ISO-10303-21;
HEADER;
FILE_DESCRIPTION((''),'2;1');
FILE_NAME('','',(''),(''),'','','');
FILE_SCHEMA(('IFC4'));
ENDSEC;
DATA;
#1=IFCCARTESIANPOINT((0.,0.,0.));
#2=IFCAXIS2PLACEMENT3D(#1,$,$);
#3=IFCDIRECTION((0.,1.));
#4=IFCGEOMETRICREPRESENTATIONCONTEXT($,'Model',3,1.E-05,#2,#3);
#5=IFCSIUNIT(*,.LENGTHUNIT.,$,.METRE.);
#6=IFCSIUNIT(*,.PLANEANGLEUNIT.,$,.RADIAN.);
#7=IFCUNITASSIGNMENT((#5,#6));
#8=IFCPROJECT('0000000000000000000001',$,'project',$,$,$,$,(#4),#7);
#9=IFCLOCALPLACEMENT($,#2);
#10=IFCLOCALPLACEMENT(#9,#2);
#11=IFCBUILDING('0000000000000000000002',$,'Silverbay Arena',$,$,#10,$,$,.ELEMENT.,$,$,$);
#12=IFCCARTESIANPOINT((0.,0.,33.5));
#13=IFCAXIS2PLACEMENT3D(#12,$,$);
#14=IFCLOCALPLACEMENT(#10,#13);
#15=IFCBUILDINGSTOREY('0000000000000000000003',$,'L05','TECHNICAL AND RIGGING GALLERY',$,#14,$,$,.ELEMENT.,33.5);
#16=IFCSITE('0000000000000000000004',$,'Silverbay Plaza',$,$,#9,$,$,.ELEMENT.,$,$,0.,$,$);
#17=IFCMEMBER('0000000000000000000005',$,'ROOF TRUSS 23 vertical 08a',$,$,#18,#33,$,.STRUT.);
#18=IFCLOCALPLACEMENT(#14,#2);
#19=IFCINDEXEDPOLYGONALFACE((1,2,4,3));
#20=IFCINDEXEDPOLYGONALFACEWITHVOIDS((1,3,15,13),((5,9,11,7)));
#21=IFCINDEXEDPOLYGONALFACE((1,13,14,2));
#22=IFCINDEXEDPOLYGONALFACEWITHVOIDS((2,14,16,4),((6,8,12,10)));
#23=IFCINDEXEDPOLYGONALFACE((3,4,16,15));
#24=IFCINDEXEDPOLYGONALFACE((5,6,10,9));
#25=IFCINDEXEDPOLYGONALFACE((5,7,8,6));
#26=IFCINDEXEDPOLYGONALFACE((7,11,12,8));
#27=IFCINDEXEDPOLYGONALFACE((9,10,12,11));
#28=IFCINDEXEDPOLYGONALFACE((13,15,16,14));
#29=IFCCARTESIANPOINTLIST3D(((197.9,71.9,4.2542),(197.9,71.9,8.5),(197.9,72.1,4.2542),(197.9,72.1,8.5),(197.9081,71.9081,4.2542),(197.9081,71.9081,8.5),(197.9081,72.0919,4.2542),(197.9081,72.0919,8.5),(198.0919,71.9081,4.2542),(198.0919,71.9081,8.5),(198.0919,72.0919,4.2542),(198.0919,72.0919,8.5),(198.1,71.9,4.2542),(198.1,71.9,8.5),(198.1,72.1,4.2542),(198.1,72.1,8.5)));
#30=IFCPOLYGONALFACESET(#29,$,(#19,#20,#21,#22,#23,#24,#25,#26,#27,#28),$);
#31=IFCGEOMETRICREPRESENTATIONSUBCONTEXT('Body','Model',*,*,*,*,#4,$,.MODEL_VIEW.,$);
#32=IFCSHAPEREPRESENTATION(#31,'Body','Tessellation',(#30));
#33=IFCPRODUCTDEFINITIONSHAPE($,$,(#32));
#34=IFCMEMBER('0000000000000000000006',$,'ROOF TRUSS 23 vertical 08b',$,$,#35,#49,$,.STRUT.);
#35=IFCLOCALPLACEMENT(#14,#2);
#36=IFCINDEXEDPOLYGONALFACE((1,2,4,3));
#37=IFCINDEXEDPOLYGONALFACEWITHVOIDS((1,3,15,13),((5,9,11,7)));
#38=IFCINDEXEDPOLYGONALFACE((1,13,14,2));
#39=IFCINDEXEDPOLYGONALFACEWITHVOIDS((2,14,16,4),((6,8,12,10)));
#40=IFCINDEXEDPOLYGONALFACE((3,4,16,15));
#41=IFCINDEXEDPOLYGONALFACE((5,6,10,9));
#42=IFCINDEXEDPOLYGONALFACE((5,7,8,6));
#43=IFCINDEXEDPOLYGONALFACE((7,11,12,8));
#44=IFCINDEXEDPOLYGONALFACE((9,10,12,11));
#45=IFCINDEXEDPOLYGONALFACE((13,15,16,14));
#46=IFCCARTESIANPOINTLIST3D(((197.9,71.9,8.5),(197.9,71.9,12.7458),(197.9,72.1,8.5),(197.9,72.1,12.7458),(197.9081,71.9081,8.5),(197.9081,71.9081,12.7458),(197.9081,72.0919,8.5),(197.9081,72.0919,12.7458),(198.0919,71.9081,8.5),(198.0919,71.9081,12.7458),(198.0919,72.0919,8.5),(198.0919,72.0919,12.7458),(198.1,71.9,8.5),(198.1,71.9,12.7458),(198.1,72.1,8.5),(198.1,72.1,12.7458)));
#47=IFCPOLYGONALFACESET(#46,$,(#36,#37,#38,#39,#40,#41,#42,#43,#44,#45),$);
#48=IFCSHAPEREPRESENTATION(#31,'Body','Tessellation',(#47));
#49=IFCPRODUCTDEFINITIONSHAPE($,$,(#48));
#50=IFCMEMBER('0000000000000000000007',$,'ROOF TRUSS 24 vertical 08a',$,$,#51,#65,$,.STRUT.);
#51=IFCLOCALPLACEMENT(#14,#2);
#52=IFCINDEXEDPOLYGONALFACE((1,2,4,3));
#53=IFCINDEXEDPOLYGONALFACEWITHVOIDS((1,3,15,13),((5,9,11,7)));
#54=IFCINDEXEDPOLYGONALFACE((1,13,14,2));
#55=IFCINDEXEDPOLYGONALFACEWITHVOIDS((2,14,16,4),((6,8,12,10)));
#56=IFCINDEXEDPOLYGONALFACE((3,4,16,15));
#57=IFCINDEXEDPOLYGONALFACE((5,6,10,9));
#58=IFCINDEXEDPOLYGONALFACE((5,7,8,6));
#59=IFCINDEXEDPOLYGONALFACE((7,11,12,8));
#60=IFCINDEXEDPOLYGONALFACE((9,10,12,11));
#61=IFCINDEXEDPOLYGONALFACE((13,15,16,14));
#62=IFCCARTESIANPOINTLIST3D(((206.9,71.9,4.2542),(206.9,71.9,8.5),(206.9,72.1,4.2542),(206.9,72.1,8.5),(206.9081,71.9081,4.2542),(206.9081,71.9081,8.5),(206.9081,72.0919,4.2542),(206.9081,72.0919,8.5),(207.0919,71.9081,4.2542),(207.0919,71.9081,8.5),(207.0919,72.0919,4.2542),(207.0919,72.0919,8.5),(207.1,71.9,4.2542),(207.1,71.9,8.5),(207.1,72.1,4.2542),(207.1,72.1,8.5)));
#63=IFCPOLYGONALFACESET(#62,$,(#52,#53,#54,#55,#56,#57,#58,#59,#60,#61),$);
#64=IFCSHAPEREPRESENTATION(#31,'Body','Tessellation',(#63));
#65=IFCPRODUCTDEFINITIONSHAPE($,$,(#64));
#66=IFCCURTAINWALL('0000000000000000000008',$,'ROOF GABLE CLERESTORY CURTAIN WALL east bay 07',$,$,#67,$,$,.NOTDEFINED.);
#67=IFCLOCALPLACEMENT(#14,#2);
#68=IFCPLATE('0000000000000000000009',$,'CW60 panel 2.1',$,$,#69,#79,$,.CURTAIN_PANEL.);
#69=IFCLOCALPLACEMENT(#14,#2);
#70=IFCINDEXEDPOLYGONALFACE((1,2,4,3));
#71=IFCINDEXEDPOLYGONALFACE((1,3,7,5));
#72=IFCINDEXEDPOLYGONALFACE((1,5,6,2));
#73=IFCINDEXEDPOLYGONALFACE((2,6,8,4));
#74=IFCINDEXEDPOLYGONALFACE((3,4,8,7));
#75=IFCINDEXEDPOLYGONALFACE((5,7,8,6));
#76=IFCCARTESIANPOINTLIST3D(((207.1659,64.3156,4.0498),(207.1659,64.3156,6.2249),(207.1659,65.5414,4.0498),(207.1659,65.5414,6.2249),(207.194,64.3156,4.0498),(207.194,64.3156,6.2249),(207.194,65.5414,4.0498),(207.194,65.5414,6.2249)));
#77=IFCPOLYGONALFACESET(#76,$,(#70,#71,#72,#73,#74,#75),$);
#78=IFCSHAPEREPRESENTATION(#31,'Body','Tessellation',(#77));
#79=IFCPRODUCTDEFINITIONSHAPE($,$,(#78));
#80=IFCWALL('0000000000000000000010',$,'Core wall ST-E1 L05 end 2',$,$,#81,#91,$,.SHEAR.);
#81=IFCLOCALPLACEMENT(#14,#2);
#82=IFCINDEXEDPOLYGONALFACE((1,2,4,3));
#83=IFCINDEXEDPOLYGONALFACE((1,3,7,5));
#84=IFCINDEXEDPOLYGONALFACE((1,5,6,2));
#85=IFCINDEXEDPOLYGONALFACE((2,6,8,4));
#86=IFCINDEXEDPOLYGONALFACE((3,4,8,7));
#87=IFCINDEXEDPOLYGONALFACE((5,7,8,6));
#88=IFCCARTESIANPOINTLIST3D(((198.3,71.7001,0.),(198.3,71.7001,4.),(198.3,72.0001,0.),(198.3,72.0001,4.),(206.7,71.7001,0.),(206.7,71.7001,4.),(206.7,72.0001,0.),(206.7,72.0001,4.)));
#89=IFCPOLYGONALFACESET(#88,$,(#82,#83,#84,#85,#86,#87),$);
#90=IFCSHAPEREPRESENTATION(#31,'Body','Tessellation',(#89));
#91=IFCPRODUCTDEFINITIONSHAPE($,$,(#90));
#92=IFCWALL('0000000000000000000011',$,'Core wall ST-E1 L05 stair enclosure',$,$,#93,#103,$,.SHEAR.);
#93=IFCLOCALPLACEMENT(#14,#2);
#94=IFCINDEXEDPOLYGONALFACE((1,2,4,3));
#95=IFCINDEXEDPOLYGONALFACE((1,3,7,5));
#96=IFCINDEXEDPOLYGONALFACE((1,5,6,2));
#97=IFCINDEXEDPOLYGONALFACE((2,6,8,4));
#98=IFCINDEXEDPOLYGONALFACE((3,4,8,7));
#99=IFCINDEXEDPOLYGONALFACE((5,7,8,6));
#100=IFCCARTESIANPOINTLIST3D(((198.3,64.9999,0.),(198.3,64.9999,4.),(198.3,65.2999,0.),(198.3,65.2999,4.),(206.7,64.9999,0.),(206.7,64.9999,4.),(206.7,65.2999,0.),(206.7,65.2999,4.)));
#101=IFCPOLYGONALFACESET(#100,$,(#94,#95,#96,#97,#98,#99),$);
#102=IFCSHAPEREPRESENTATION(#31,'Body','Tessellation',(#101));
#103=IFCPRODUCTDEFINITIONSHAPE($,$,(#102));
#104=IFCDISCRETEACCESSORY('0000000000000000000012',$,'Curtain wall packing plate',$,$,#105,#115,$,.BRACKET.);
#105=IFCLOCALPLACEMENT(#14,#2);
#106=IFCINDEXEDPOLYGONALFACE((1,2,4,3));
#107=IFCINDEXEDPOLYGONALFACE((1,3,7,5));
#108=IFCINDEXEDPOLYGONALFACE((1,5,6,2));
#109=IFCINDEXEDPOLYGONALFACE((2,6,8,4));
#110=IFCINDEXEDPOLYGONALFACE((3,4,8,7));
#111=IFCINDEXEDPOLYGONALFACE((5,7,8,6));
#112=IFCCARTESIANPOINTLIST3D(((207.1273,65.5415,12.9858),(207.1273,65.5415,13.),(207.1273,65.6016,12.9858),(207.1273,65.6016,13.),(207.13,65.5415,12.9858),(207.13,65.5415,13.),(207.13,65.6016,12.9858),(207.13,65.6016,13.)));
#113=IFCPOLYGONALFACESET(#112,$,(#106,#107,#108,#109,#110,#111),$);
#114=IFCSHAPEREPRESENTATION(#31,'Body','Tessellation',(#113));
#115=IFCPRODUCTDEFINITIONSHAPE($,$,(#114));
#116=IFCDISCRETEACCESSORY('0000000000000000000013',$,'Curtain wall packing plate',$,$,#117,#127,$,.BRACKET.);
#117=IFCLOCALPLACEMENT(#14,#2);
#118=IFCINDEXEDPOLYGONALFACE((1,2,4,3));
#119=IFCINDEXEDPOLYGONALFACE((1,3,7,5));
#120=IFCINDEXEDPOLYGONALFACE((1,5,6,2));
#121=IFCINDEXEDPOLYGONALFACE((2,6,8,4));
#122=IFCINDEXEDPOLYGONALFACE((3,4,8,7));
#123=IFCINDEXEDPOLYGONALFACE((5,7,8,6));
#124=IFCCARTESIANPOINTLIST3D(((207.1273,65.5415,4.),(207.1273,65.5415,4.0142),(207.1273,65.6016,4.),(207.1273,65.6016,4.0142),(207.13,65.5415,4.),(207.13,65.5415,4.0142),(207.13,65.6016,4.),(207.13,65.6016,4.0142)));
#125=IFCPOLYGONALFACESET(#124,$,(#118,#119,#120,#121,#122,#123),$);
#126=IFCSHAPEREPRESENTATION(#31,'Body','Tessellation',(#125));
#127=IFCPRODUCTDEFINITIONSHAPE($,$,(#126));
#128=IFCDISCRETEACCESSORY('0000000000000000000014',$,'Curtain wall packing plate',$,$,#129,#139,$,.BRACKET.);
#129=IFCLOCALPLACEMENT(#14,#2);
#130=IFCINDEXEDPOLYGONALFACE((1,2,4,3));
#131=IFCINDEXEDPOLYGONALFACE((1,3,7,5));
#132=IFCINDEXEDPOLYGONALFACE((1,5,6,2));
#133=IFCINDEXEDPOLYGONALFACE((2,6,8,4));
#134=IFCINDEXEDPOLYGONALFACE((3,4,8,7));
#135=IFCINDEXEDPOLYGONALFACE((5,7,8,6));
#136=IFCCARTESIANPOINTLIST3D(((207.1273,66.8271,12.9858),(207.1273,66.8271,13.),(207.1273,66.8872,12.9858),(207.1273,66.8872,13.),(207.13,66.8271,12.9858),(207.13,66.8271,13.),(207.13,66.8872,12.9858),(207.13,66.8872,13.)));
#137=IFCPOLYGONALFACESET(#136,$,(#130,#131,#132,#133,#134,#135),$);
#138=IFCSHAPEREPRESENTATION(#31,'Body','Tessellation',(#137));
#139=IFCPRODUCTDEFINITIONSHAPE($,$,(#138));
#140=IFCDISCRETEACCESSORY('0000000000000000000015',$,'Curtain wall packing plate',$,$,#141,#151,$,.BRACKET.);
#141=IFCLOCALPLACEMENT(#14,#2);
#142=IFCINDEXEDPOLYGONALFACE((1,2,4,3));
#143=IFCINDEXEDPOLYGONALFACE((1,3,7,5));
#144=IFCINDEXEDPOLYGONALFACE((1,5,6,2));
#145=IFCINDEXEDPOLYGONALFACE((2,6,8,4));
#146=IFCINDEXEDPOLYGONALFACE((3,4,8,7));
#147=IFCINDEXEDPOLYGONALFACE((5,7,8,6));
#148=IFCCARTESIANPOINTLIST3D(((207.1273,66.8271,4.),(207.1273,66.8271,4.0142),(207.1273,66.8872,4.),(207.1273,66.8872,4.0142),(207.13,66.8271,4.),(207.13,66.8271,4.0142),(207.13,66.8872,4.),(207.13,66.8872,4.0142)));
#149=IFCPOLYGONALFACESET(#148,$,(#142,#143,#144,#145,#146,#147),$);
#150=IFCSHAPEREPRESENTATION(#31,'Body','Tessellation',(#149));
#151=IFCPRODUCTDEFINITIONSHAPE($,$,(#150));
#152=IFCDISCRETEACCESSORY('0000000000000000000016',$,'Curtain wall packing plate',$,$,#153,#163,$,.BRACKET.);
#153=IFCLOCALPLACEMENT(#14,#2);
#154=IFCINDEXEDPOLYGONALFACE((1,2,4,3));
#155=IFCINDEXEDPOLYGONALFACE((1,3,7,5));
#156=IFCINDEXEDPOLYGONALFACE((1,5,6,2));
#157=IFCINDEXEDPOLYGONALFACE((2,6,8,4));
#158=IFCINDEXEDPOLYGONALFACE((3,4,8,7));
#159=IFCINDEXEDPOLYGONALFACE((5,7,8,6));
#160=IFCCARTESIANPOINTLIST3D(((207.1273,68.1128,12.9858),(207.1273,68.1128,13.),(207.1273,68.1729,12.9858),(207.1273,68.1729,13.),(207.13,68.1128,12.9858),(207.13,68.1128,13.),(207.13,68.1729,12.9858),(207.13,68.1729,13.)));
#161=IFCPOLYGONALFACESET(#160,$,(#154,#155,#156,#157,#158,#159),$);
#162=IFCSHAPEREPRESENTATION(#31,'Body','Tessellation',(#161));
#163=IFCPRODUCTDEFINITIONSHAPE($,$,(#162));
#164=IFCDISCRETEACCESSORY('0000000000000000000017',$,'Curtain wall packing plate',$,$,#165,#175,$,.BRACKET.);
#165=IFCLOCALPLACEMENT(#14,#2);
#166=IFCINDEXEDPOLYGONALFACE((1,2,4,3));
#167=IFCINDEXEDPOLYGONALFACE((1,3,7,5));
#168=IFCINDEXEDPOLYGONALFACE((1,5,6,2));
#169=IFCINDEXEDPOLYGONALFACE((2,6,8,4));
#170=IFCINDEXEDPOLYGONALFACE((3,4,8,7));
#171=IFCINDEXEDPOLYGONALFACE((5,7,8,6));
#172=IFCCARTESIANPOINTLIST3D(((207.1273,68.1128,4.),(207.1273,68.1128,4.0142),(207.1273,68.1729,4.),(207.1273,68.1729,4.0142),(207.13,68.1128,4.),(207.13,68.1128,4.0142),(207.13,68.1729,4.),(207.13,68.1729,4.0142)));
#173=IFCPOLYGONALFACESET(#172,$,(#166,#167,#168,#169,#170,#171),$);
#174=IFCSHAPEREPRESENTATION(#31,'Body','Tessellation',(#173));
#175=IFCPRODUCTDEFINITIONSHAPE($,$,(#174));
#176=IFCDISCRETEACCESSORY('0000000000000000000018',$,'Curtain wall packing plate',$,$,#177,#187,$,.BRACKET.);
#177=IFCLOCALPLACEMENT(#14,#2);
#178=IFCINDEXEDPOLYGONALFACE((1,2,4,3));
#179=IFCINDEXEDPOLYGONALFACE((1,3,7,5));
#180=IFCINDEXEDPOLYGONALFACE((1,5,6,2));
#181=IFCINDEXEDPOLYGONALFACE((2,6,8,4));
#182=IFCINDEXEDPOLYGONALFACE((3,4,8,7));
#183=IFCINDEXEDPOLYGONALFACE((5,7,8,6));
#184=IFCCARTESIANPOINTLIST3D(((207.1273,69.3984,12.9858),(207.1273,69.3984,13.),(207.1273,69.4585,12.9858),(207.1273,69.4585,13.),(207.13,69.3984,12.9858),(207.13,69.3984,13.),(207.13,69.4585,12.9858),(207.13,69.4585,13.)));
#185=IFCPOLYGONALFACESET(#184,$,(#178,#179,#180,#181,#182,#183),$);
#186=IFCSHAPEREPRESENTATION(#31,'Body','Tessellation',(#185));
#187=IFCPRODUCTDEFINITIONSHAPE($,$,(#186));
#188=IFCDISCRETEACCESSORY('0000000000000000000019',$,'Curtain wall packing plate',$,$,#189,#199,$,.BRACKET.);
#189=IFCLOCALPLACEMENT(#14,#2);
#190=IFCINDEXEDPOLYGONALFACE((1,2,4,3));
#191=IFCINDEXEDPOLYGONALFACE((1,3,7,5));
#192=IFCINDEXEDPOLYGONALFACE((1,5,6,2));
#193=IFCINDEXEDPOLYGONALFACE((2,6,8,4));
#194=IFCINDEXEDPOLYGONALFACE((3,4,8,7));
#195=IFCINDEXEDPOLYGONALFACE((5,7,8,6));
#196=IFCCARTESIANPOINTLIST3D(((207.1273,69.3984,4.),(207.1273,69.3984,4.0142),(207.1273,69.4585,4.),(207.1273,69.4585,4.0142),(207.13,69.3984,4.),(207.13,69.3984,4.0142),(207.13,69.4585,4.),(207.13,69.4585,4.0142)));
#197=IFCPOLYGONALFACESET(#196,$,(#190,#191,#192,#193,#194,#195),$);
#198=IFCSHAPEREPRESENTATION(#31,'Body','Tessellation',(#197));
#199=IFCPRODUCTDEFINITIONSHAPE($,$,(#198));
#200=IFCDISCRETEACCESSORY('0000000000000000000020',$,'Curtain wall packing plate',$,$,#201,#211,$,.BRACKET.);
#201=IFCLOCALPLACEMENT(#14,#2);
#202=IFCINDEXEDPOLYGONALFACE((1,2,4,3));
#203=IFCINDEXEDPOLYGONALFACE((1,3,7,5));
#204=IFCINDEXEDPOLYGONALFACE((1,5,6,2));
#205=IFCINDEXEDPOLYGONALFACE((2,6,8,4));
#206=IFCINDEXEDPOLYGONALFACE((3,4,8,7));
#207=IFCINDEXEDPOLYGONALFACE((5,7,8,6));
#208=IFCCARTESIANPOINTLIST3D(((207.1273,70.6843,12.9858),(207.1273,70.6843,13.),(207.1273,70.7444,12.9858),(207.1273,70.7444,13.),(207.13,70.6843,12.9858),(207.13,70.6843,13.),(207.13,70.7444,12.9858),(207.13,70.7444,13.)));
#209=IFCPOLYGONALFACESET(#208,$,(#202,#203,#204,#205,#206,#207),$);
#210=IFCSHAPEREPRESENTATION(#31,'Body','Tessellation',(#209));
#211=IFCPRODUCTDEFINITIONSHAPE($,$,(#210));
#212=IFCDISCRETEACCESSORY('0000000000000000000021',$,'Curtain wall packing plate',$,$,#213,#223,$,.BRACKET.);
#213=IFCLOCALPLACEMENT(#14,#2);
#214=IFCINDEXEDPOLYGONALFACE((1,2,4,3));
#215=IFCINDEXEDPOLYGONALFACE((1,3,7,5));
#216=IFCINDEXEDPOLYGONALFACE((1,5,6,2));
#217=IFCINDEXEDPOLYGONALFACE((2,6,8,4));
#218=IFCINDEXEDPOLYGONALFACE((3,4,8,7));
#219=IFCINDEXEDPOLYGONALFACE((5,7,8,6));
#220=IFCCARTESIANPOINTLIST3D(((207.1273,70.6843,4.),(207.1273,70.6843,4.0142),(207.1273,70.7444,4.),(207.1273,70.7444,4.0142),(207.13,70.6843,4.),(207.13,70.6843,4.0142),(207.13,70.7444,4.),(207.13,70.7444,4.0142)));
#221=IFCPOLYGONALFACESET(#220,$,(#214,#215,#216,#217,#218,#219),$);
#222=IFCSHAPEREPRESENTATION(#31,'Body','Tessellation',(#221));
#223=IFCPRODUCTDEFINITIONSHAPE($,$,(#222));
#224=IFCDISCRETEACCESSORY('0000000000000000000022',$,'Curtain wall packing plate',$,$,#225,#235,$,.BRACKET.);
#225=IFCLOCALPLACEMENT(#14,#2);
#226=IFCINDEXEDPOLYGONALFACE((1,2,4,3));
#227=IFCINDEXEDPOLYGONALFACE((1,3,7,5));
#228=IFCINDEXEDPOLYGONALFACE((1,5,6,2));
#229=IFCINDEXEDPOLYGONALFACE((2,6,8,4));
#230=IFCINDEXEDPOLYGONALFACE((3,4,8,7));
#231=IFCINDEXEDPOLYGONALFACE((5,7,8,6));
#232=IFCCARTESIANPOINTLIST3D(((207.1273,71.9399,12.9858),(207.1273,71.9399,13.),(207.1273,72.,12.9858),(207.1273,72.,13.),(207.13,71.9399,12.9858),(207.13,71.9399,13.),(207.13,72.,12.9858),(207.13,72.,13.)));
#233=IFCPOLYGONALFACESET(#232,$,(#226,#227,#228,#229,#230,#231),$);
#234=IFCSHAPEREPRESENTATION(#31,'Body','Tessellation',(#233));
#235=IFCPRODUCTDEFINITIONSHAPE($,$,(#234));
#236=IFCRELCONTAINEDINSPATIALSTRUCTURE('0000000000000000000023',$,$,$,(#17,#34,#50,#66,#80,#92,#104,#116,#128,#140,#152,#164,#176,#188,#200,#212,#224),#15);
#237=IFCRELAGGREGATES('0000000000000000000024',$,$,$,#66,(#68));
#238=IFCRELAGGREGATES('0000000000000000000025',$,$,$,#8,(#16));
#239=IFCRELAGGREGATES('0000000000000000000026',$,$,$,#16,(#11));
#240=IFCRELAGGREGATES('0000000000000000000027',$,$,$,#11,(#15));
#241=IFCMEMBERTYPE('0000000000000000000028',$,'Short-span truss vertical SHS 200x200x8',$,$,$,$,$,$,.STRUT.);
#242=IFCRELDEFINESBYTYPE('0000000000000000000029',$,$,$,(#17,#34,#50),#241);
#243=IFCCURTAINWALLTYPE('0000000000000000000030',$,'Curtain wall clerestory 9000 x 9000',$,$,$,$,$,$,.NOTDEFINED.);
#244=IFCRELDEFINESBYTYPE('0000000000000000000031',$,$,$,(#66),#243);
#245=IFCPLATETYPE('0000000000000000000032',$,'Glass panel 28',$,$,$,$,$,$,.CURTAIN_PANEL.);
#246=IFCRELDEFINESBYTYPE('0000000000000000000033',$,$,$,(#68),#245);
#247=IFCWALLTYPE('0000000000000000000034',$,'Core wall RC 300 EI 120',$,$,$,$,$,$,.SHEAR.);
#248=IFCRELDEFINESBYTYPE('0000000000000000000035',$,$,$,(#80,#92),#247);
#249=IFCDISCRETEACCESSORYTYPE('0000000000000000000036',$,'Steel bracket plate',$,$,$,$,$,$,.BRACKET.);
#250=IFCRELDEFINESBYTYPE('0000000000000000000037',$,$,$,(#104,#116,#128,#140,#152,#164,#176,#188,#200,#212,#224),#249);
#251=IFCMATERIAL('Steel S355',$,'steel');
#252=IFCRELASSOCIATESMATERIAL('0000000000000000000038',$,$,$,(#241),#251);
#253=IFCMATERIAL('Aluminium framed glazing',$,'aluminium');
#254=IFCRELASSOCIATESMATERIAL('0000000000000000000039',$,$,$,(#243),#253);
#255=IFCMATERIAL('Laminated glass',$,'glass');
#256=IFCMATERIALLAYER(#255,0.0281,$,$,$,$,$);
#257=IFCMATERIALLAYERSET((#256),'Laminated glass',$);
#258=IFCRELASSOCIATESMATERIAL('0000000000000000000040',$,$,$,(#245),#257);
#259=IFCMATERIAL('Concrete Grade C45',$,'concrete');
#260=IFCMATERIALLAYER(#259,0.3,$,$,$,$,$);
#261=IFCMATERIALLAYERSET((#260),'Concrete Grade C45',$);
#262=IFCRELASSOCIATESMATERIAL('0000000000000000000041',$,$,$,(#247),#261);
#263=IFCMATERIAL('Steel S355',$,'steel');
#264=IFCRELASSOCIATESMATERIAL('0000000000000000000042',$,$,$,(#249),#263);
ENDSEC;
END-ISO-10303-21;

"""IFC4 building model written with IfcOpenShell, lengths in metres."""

from ifc_helpers import new_model, si_unit, direction, frame, frame_2d, origin, origin_2d, place, context, subcontext, project, spatial, rectangle, hollow_rectangle, extrude, material, layer, layer_set, material_profile, profile_set, type_object, element, aggregate, save


model = new_model("IFC4")

# Units and contexts
model_context = context("Model", 3, precision=1e-05, world=origin(), true_north=direction((0.0, 1.0)))
body_context = subcontext(model_context, "Body", "Model", "MODEL_VIEW")
ifc_project = project(units=[si_unit("LENGTHUNIT", "METRE"), si_unit("PLANEANGLEUNIT", "RADIAN")], contexts=[model_context])

# Site, building, storey
site_placement = place(None, origin())
site = spatial("IfcSite", under=ifc_project, at=site_placement, Name="Silverbay Plaza", CompositionType="ELEMENT", RefElevation=0.0)
building_placement = place(site_placement, origin())
building = spatial("IfcBuilding", under=site, at=building_placement, Name="Silverbay Arena", CompositionType="ELEMENT")
storey_placement = place(building_placement, frame((0.0, 0.0, 33.5)))
storey = spatial("IfcBuildingStorey", under=building, at=storey_placement, Name="L05", Description="TECHNICAL AND RIGGING GALLERY", CompositionType="ELEMENT", Elevation=33.5)

# Members
ifc_material_1 = material(Name="Steel S355", Category="steel")
ifc_material_profile_1 = material_profile(ifc_material_1, hollow_rectangle(XDim=0.2, YDim=0.2, WallThickness=0.0081, at=origin_2d()), Name="SHS 200x200x8")
ifc_profile_set_1 = profile_set([ifc_material_profile_1], Name="Steel S355")
member_type_1 = type_object("IfcMemberType", Name="Short-span truss vertical SHS 200x200x8", PredefinedType="STRUT", material=ifc_profile_set_1)
for number, where, z_axis, x_axis, name in (
    (1, (198.0, 72.0, 4.2542), (0.0, 0.0, 1.0), (1.0, 0.0, 0.0), "ROOF TRUSS 23 vertical 08a"),
    (2, (198.0, 72.0, 8.5), (0.0, 0.0, 1.0), (1.0, 0.0, 0.0), "ROOF TRUSS 23 vertical 08b"),
    (3, (207.0, 72.0, 4.2542), (0.0, 0.0, 1.0), (1.0, 0.0, 0.0), "ROOF TRUSS 24 vertical 08a"),
):
    element("IfcMember", number, at=place(storey_placement, frame(where, z_axis=z_axis, x_axis=x_axis)), inside=storey, type_object=member_type_1, Name=name, PredefinedType="STRUT", context=body_context, shape_type="SweptSolid", body=[
        extrude(hollow_rectangle(XDim=0.2, YDim=0.2, WallThickness=0.0081, at=origin_2d()), origin(), (0.0, 0.0, 1.0), 4.2458),
    ])

# Curtain wall, plate
ifc_material_2 = material(Name="Aluminium framed glazing", Category="aluminium")
curtain_wall_type = type_object("IfcCurtainWallType", Name="Curtain wall clerestory 9000 x 9000", PredefinedType="NOTDEFINED", material=ifc_material_2)
curtain_wall_placement = place(storey_placement, origin())
curtain_wall = element("IfcCurtainWall", 4, at=curtain_wall_placement, inside=storey, type_object=curtain_wall_type, Name="ROOF GABLE CLERESTORY CURTAIN WALL east bay 07", PredefinedType="NOTDEFINED")
ifc_material_3 = material(Name="Laminated glass", Category="glass")
ifc_layer_1 = layer(ifc_material_3, 0.0281)
ifc_layer_set_1 = layer_set([ifc_layer_1], Name="Laminated glass")
plate_type = type_object("IfcPlateType", Name="Glass panel 28", PredefinedType="CURTAIN_PANEL", material=ifc_layer_set_1)
plate_placement = place(storey_placement, frame((207.1799, 64.9285, 4.0498), z_axis=(0.0, 0.0, 1.0), x_axis=(0.0, 1.0, 0.0)))
plate = element("IfcPlate", 5, at=plate_placement, type_object=plate_type, Name="CW60 panel 2.1", PredefinedType="CURTAIN_PANEL", context=body_context, shape_type="SweptSolid", body=[
    extrude(rectangle(XDim=1.2258, YDim=0.0281, at=origin_2d()), origin(), (0.0, 0.0, 1.0), 2.175),
])
aggregate(curtain_wall, [plate])

# Walls
ifc_material_4 = material(Name="Concrete Grade C45", Category="concrete")
ifc_layer_2 = layer(ifc_material_4, 0.3)
ifc_layer_set_2 = layer_set([ifc_layer_2], Name="Concrete Grade C45")
wall_type = type_object("IfcWallType", Name="Core wall RC 300 EI 120", PredefinedType="SHEAR", material=ifc_layer_set_2)
for number, where, z_axis, x_axis, name in (
    (6, (198.3, 71.8501, 0.0), (0.0, 0.0, 1.0), (1.0, 0.0, 0.0), "Core wall ST-E1 L05 end 2"),
    (7, (198.3, 65.1499, 0.0), (0.0, 0.0, 1.0), (1.0, 0.0, 0.0), "Core wall ST-E1 L05 stair enclosure"),
):
    element("IfcWall", number, at=place(storey_placement, frame(where, z_axis=z_axis, x_axis=x_axis)), inside=storey, type_object=wall_type, Name=name, PredefinedType="SHEAR", context=body_context, shape_type="SweptSolid", body=[
        extrude(rectangle(XDim=8.3999, YDim=0.3, at=frame_2d((4.2, 0.0))), origin(), (0.0, 0.0, 1.0), 4.0),
    ])

# Discrete accessories
ifc_material_5 = material(Name="Steel S355", Category="steel")
discrete_accessory_type = type_object("IfcDiscreteAccessoryType", Name="Steel bracket plate", PredefinedType="BRACKET", material=ifc_material_5)
for number, where, z_axis, x_axis, name in (
    (8, (207.1287, 65.5715, 12.9858), (0.0, 0.0, 1.0), (1.0, 0.0, 0.0), "Curtain wall packing plate"),
    (9, (207.1287, 65.5715, 4.0), (0.0, 0.0, 1.0), (1.0, 0.0, 0.0), "Curtain wall packing plate"),
    (10, (207.1287, 66.8572, 12.9858), (0.0, 0.0, 1.0), (1.0, 0.0, 0.0), "Curtain wall packing plate"),
    (11, (207.1287, 66.8572, 4.0), (0.0, 0.0, 1.0), (1.0, 0.0, 0.0), "Curtain wall packing plate"),
    (12, (207.1287, 68.1428, 12.9858), (0.0, 0.0, 1.0), (1.0, 0.0, 0.0), "Curtain wall packing plate"),
    (13, (207.1287, 68.1428, 4.0), (0.0, 0.0, 1.0), (1.0, 0.0, 0.0), "Curtain wall packing plate"),
    (14, (207.1287, 69.4285, 12.9858), (0.0, 0.0, 1.0), (1.0, 0.0, 0.0), "Curtain wall packing plate"),
    (15, (207.1287, 69.4285, 4.0), (0.0, 0.0, 1.0), (1.0, 0.0, 0.0), "Curtain wall packing plate"),
    (16, (207.1287, 70.7144, 12.9858), (0.0, 0.0, 1.0), (1.0, 0.0, 0.0), "Curtain wall packing plate"),
    (17, (207.1287, 70.7144, 4.0), (0.0, 0.0, 1.0), (1.0, 0.0, 0.0), "Curtain wall packing plate"),
    (18, (207.1287, 71.97, 12.9858), (0.0, 0.0, 1.0), (1.0, 0.0, 0.0), "Curtain wall packing plate"),
):
    element("IfcDiscreteAccessory", number, at=place(storey_placement, frame(where, z_axis=z_axis, x_axis=x_axis)), inside=storey, type_object=discrete_accessory_type, Name=name, PredefinedType="BRACKET", context=body_context, shape_type="SweptSolid", body=[
        extrude(rectangle(XDim=0.0027, YDim=0.0601, at=origin_2d()), origin(), (0.0, 0.0, 1.0), 0.0142),
    ])

save(model, "model.ifc")
